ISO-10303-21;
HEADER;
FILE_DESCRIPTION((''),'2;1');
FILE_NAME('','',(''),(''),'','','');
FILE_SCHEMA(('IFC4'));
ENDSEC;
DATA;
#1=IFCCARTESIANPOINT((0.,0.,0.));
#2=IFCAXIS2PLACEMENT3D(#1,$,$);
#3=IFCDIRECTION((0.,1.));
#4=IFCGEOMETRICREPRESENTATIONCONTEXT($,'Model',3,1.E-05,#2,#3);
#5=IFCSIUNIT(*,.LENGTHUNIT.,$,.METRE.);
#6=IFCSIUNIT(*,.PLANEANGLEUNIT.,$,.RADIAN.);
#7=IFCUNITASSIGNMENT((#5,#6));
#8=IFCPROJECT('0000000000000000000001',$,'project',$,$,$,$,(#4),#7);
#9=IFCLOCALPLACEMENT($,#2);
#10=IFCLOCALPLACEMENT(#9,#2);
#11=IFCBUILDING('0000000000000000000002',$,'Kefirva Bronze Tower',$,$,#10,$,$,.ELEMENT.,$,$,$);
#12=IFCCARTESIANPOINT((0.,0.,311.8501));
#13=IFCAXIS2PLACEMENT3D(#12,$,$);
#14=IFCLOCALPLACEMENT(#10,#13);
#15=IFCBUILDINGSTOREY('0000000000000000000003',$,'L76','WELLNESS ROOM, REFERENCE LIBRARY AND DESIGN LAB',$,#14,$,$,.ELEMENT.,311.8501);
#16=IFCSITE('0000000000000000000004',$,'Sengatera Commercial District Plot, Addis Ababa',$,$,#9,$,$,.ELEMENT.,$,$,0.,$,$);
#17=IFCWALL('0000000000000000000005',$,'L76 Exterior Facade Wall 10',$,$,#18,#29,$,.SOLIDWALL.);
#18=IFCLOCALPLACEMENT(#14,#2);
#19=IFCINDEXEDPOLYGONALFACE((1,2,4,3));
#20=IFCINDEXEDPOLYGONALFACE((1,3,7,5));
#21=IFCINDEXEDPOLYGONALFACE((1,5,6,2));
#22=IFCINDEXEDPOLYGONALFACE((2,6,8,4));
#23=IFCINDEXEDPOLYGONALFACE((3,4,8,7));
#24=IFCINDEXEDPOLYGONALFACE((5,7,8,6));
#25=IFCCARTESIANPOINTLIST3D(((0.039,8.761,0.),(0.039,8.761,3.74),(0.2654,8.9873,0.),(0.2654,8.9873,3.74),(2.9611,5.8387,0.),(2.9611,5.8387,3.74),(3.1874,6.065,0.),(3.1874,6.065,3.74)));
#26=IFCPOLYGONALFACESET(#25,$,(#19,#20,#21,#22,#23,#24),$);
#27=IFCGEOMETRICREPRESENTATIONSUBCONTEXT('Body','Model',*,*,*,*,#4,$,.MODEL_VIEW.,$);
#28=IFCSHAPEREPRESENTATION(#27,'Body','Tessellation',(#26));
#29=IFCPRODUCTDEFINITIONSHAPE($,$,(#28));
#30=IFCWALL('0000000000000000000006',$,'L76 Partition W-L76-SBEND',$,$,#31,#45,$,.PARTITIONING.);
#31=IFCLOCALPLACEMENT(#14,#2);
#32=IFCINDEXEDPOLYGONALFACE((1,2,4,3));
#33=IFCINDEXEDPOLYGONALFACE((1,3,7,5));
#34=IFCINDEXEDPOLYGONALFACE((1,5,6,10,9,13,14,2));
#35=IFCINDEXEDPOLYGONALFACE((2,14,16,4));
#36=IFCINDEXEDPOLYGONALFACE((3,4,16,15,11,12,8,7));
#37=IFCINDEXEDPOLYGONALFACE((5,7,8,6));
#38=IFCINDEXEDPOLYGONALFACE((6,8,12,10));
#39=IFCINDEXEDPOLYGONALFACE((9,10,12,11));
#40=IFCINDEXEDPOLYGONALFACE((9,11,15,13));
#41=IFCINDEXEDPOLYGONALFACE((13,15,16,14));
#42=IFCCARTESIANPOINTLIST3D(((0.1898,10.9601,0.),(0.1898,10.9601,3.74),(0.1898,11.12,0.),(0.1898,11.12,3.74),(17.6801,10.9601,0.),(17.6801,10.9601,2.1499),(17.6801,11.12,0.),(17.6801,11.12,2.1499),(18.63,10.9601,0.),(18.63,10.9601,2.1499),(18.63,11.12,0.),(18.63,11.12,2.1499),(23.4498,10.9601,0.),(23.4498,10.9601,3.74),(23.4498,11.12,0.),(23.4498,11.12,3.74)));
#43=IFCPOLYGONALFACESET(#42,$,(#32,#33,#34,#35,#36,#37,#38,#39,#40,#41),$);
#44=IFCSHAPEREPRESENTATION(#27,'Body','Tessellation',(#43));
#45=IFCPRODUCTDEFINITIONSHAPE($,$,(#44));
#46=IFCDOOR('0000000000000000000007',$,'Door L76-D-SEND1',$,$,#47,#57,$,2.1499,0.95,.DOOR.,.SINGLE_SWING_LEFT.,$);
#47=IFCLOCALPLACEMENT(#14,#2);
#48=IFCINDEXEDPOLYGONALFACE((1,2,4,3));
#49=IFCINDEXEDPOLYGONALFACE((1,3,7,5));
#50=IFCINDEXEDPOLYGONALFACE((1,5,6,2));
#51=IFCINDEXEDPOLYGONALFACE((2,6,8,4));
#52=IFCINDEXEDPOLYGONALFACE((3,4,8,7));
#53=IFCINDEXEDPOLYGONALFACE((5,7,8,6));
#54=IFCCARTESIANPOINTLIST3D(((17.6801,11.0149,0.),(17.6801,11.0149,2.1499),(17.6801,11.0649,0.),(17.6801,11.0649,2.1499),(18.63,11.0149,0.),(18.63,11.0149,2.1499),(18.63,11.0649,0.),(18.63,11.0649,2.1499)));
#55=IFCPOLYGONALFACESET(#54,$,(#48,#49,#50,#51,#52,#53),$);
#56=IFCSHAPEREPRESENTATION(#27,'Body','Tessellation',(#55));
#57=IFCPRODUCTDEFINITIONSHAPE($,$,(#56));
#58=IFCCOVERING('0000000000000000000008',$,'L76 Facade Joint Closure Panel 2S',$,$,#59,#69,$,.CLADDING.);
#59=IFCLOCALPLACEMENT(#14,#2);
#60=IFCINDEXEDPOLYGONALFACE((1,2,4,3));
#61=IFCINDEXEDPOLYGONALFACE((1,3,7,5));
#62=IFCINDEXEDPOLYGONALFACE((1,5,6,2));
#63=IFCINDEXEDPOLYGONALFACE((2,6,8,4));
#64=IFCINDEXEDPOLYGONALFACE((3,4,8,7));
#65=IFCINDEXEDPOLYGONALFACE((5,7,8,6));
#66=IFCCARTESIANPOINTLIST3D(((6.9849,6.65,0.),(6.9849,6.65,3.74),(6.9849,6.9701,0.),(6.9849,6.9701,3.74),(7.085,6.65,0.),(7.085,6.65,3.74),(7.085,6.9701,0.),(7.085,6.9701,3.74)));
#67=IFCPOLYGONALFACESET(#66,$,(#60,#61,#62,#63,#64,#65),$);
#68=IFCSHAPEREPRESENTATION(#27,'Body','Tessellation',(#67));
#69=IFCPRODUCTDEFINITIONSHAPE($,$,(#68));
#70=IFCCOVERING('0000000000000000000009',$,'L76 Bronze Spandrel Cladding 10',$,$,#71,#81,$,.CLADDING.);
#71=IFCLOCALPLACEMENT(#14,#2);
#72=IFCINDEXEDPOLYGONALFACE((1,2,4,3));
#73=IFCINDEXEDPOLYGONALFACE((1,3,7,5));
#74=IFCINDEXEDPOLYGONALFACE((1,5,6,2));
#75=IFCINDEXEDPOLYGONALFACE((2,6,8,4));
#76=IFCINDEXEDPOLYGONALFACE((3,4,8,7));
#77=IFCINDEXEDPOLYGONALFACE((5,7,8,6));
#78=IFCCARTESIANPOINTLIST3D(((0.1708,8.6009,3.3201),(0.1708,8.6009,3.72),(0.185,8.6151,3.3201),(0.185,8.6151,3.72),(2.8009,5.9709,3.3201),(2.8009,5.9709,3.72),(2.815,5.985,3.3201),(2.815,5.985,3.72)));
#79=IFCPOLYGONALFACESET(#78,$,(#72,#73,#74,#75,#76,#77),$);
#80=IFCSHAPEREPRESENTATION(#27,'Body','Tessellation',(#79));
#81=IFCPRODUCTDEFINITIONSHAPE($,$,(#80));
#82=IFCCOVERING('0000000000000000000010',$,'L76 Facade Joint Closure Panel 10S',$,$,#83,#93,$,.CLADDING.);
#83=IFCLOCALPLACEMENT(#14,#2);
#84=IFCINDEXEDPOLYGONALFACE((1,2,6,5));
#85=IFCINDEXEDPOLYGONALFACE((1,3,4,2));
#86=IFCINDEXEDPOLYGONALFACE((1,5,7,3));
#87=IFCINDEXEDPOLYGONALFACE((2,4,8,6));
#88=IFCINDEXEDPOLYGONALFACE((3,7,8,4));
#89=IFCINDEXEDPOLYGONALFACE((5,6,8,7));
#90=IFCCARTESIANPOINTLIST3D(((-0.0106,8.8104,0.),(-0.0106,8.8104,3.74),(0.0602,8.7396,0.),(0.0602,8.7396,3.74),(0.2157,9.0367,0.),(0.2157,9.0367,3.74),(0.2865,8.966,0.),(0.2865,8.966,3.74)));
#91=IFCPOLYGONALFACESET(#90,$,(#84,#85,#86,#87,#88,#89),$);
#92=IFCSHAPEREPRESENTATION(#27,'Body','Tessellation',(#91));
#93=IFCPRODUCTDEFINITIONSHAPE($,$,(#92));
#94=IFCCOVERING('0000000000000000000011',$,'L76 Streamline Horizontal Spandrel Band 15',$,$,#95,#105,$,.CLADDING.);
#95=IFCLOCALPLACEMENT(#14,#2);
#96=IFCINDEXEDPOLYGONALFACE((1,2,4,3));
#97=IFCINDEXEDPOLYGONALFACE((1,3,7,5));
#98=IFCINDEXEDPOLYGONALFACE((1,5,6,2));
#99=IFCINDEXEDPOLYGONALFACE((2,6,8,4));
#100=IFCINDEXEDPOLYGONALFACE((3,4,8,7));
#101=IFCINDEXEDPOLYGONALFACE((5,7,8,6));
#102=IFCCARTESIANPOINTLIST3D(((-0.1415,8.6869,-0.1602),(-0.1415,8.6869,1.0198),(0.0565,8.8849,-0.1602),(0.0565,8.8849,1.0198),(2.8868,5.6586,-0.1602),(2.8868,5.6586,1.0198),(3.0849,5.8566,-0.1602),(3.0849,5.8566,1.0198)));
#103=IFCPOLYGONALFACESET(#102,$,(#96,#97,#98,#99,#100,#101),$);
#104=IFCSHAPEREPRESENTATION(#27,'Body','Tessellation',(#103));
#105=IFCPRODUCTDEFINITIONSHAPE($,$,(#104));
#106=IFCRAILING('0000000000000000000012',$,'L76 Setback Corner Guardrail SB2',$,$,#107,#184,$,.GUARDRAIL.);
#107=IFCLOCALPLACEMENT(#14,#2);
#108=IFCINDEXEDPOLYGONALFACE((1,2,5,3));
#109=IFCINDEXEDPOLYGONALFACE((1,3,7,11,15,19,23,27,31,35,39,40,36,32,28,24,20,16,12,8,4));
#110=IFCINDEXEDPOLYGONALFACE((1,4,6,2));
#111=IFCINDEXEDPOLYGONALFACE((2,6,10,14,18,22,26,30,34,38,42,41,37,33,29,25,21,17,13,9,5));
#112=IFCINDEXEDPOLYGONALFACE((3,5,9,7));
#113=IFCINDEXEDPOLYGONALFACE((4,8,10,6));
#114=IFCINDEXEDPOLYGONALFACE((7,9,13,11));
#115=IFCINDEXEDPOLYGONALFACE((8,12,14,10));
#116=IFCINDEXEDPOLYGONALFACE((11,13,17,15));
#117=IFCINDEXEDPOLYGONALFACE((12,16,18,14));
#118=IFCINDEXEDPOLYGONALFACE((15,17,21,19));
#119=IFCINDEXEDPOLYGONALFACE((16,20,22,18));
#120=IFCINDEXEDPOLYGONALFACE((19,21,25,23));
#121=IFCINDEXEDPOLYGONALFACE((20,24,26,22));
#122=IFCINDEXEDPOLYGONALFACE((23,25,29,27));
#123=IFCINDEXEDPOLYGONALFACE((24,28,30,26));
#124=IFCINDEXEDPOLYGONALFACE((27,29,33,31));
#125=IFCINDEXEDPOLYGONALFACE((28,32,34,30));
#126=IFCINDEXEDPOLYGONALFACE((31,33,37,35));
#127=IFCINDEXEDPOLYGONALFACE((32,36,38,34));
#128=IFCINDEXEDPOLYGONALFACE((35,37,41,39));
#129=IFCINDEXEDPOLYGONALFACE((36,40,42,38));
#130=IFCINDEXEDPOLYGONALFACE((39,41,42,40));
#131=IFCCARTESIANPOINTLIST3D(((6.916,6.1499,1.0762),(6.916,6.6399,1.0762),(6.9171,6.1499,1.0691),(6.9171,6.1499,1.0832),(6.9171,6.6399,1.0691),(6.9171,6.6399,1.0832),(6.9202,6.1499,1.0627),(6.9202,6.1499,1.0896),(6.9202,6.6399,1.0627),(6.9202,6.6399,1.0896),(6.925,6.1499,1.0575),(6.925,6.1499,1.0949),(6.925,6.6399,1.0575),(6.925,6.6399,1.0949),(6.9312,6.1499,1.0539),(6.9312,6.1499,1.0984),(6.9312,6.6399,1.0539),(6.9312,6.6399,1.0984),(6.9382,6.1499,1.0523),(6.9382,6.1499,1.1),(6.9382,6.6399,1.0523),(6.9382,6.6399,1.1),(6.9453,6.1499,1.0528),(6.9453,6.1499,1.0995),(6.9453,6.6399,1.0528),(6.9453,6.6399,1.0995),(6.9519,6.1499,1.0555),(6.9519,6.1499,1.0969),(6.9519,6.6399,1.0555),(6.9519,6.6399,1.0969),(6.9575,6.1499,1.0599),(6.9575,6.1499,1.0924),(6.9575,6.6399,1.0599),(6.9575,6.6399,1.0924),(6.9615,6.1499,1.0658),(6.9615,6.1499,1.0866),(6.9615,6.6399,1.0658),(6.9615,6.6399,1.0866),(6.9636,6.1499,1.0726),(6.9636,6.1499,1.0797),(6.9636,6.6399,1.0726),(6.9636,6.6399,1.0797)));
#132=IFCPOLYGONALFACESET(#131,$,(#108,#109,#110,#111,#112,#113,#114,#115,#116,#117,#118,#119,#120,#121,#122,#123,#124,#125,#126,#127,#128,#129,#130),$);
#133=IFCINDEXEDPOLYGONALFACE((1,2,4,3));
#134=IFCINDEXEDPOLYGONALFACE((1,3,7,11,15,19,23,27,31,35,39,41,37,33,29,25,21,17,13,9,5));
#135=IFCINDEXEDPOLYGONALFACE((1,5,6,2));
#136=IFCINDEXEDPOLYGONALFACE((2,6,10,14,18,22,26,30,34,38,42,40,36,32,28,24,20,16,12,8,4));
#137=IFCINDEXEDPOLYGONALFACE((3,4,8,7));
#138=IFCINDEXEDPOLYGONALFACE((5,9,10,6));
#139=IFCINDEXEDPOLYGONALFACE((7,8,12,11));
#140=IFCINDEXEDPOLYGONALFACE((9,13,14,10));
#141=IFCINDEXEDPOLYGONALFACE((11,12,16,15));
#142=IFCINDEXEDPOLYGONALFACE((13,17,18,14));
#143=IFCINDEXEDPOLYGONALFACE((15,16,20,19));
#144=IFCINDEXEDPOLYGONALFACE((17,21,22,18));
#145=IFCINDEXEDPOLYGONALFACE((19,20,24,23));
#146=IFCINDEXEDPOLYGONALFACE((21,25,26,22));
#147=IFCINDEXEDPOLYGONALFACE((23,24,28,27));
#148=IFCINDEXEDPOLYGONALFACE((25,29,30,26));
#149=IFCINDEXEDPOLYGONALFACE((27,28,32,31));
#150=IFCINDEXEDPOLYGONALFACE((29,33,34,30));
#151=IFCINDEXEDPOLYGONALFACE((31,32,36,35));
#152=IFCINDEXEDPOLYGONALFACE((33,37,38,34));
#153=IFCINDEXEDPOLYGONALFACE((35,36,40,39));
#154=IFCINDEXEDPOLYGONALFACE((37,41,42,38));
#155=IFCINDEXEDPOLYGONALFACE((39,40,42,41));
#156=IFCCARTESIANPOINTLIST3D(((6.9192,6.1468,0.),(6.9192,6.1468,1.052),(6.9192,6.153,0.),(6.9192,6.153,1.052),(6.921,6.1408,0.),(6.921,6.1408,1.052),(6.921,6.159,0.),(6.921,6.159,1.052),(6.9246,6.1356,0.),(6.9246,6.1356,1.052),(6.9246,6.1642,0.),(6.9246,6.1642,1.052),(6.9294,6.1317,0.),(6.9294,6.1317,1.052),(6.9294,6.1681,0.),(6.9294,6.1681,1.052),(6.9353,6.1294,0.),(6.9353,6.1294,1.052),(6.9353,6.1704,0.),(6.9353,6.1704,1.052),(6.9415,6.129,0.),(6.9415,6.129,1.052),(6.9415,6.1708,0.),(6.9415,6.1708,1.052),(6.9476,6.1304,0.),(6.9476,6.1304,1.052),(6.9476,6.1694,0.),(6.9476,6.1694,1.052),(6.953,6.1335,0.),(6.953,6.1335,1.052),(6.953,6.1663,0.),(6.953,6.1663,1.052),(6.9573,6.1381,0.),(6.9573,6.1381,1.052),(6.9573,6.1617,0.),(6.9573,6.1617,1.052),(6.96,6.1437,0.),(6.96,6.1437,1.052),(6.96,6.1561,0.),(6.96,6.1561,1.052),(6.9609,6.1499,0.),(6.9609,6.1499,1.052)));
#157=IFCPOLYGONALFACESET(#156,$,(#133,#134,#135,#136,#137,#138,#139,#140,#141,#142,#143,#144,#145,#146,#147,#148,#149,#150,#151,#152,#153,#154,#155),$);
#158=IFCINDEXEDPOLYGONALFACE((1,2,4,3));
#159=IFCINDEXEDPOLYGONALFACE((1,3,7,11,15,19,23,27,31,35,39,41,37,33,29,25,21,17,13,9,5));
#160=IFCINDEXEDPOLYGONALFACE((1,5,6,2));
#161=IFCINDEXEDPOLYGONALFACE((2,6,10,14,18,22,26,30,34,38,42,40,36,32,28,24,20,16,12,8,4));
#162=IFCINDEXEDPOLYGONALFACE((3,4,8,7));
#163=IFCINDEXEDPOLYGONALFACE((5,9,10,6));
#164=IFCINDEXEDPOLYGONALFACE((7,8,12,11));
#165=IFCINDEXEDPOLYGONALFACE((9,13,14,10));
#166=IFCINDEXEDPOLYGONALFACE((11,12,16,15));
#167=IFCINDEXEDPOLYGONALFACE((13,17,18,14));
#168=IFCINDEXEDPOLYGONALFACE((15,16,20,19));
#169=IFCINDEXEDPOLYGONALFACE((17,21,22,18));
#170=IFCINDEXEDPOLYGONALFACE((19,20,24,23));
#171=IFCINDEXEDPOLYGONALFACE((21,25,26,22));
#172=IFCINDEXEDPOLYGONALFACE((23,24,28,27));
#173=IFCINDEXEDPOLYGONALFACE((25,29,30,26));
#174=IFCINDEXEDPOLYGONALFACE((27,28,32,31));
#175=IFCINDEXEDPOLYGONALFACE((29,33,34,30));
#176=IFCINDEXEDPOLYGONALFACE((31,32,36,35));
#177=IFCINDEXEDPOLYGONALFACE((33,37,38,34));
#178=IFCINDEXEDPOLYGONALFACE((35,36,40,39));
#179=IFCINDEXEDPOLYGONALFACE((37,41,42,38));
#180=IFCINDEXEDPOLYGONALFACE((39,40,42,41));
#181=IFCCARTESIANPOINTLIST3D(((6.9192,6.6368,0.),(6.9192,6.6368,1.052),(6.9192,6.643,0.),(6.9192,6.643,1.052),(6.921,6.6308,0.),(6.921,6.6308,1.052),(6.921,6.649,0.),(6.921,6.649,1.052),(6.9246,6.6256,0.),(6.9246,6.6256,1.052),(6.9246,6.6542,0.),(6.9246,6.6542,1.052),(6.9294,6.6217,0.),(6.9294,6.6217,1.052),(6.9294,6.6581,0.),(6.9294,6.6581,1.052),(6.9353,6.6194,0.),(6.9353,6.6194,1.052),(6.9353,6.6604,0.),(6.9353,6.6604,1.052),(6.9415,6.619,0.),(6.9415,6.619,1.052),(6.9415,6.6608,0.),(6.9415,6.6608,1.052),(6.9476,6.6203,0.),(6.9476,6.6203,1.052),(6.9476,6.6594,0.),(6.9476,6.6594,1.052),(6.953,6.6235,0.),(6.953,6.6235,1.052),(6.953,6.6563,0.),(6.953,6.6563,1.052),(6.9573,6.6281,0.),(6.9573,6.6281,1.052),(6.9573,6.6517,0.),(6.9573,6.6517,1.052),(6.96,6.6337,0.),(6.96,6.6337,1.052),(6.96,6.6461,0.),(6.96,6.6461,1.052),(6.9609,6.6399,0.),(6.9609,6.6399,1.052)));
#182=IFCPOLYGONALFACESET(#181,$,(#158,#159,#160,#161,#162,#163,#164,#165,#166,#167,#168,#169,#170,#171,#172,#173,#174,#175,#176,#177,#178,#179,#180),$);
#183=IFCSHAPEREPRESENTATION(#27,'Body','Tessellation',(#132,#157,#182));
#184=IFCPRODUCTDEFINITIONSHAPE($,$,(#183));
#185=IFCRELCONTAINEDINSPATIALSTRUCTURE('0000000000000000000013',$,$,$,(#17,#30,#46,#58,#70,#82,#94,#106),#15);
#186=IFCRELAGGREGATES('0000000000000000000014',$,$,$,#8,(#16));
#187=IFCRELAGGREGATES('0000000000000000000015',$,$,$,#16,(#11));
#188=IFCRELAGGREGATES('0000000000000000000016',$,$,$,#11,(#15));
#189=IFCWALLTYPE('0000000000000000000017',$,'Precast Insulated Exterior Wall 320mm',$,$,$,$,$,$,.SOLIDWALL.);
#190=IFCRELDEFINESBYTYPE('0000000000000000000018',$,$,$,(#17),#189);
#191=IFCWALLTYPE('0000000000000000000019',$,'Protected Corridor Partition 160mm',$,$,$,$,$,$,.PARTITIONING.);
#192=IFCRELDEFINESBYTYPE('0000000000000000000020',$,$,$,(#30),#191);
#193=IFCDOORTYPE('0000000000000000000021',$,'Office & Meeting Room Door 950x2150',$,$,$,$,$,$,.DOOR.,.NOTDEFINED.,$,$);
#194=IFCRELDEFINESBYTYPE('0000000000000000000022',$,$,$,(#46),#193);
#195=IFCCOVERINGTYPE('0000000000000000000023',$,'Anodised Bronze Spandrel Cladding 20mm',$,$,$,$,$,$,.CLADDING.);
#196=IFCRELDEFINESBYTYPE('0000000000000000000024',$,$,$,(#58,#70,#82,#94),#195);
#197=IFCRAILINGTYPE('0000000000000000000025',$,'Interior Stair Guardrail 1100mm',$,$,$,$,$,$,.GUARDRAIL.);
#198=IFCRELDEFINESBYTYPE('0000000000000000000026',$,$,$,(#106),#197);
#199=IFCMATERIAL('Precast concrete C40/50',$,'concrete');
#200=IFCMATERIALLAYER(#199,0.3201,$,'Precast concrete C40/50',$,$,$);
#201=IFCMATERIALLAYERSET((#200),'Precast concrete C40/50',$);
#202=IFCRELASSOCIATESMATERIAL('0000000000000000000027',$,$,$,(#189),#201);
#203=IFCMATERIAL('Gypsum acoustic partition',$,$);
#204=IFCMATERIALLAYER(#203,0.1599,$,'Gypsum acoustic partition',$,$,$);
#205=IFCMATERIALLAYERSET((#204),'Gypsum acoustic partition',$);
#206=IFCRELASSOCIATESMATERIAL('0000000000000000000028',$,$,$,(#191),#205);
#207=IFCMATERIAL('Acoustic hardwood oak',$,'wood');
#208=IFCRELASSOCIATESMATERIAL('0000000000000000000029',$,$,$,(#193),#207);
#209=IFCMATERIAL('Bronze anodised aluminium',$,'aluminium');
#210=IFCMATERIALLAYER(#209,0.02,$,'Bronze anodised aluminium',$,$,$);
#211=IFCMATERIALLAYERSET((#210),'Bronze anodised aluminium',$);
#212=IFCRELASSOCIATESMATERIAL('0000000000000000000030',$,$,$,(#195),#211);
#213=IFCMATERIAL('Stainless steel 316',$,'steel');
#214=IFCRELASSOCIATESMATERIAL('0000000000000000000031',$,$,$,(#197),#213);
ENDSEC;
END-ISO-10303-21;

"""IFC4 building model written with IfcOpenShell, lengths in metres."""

from ifc_helpers import new_model, si_unit, direction, frame, frame_2d, origin, origin_2d, place, context, subcontext, project, spatial, rectangle, circle, extrude, material, layer, layer_set, type_object, element, fill, save


model = new_model("IFC4")

# Units and contexts
model_context = context("Model", 3, precision=1e-05, world=origin(), true_north=direction((0.0, 1.0)))
body_context = subcontext(model_context, "Body", "Model", "MODEL_VIEW")
ifc_project = project(units=[si_unit("LENGTHUNIT", "METRE"), si_unit("PLANEANGLEUNIT", "RADIAN")], contexts=[model_context])

# Site, building, storey
site_placement = place(None, origin())
site = spatial("IfcSite", under=ifc_project, at=site_placement, Name="Sengatera Commercial District Plot, Addis Ababa", CompositionType="ELEMENT", RefElevation=0.0)
building_placement = place(site_placement, origin())
building = spatial("IfcBuilding", under=site, at=building_placement, Name="Kefirva Bronze Tower", CompositionType="ELEMENT")
storey_placement = place(building_placement, frame((0.0, 0.0, 311.8501)))
storey = spatial("IfcBuildingStorey", under=building, at=storey_placement, Name="L76", Description="WELLNESS ROOM, REFERENCE LIBRARY AND DESIGN LAB", CompositionType="ELEMENT", Elevation=311.8501)

# Shared definitions
ifc_material_1 = material(Name="Bronze anodised aluminium", Category="aluminium")

# Shared definitions
ifc_material_2 = material(Name="Precast concrete C40/50", Category="concrete")
ifc_layer_1 = layer(ifc_material_2, 0.3201, Name="Precast concrete C40/50")
ifc_layer_set_1 = layer_set([ifc_layer_1], Name="Precast concrete C40/50")
wall_type_1 = type_object("IfcWallType", Name="Precast Insulated Exterior Wall 320mm", PredefinedType="SOLIDWALL", material=ifc_layer_set_1)

# Wall
wall_1_placement = place(storey_placement, frame((0.1521, 8.8743, 0.0), z_axis=(0.0, 0.0, 1.0), x_axis=(0.707077, -0.707136, 0.0)))
element("IfcWall", 1, at=wall_1_placement, inside=storey, type_object=wall_type_1, Name="L76 Exterior Facade Wall 10", PredefinedType="SOLIDWALL", context=body_context, shape_type="SweptSolid", body=[
    extrude(rectangle(XDim=4.1326, YDim=0.3201, at=frame_2d((2.0664, 0.0))), origin(), (0.0, 0.0, 1.0), 3.74),
])

# Wall, opening, door
ifc_material_3 = material(Name="Gypsum acoustic partition")
ifc_layer_2 = layer(ifc_material_3, 0.1599, Name="Gypsum acoustic partition")
ifc_layer_set_2 = layer_set([ifc_layer_2], Name="Gypsum acoustic partition")
wall_type_2 = type_object("IfcWallType", Name="Protected Corridor Partition 160mm", PredefinedType="PARTITIONING", material=ifc_layer_set_2)
wall_2_placement = place(storey_placement, frame((0.1899, 11.04, 0.0), z_axis=(0.0, 0.0, 1.0), x_axis=(1.0, 0.0, 0.0)))
wall_2 = element("IfcWall", 2, at=wall_2_placement, inside=storey, type_object=wall_type_2, Name="L76 Partition W-L76-SBEND", PredefinedType="PARTITIONING", context=body_context, shape_type="SweptSolid", body=[
    extrude(rectangle(XDim=23.26, YDim=0.1599, at=frame_2d((11.6299, 0.0))), origin(), (0.0, 0.0, 1.0), 3.74),
])
opening_1_placement = place(wall_2_placement, frame((17.49, 0.0, 0.0)))
opening_1 = element("IfcOpeningElement", 3, at=opening_1_placement, cuts=wall_2, PredefinedType="OPENING", context=body_context, shape_type="SweptSolid", body=[
    extrude(rectangle(XDim=0.95, YDim=2.1499, at=frame_2d((0.4751, 1.075))), frame((0.0, 0.0898, 0.0), z_axis=(0.0, -1.0, 0.0), x_axis=(1.0, 0.0, 0.0)), (0.0, 0.0, 1.0), 0.1799),
])
ifc_material_4 = material(Name="Acoustic hardwood oak", Category="wood")
door_type = type_object("IfcDoorType", Name="Office & Meeting Room Door 950x2150", OperationType="NOTDEFINED", PredefinedType="DOOR", material=ifc_material_4)
door_placement = place(opening_1_placement, origin())
door = element("IfcDoor", 4, at=door_placement, inside=storey, type_object=door_type, Name="Door L76-D-SEND1", OperationType="SINGLE_SWING_LEFT", OverallHeight=2.1499, OverallWidth=0.95, PredefinedType="DOOR", context=body_context, shape_type="SweptSolid", body=[
    extrude(rectangle(XDim=0.95, YDim=2.1499, at=frame_2d((0.4751, 1.075))), frame((0.0, 0.0249, 0.0), z_axis=(0.0, -1.0, 0.0), x_axis=(1.0, 0.0, 0.0)), (0.0, 0.0, 1.0), 0.05),
])
fill(opening_1, door)

# Coverings
ifc_layer_3 = layer(ifc_material_1, 0.02, Name="Bronze anodised aluminium")
ifc_layer_set_3 = layer_set([ifc_layer_3], Name="Bronze anodised aluminium")
covering_type_1 = type_object("IfcCoveringType", Name="Anodised Bronze Spandrel Cladding 20mm", PredefinedType="CLADDING", material=ifc_layer_set_3)
covering_1_placement = place(storey_placement, frame((7.0349, 6.8101, 0.0), z_axis=(0.0, 0.0, 1.0), x_axis=(1.0, 0.0, 0.0)))
element("IfcCovering", 5, at=covering_1_placement, inside=storey, type_object=covering_type_1, Name="L76 Facade Joint Closure Panel 2S", PredefinedType="CLADDING", context=body_context, shape_type="SweptSolid", body=[
    extrude(rectangle(XDim=0.1001, YDim=0.3201, at=origin_2d()), origin(), (0.0, 0.0, 1.0), 3.74),
])
covering_2_placement = place(storey_placement, frame((1.4929, 7.293, 3.3201), z_axis=(0.0, 0.0, 1.0), x_axis=(0.707107, -0.707107, 0.0)))
element("IfcCovering", 6, at=covering_2_placement, inside=storey, type_object=covering_type_1, Name="L76 Bronze Spandrel Cladding 10", PredefinedType="CLADDING", context=body_context, shape_type="SweptSolid", body=[
    extrude(rectangle(XDim=3.7195, YDim=0.02, at=origin_2d()), origin(), (0.0, 0.0, 1.0), 0.3999),
])
covering_3_placement = place(storey_placement, frame((0.1379, 8.8882, 0.0), z_axis=(0.0, 0.0, 1.0), x_axis=(0.707107, -0.707107, 0.0)))
element("IfcCovering", 7, at=covering_3_placement, inside=storey, type_object=covering_type_1, Name="L76 Facade Joint Closure Panel 10S", PredefinedType="CLADDING", context=body_context, shape_type="SweptSolid", body=[
    extrude(rectangle(XDim=0.1001, YDim=0.3201, at=origin_2d()), origin(), (0.0, 0.0, 1.0), 3.74),
])
covering_4_placement = place(storey_placement, frame((1.4717, 7.2717, -0.1602), z_axis=(0.0, 0.0, 1.0), x_axis=(0.707107, -0.707107, 0.0)))
element("IfcCovering", 8, at=covering_4_placement, inside=storey, type_object=covering_type_1, Name="L76 Streamline Horizontal Spandrel Band 15", PredefinedType="CLADDING", context=body_context, shape_type="SweptSolid", body=[
    extrude(rectangle(XDim=4.2827, YDim=0.28, at=origin_2d()), origin(), (0.0, 0.0, 1.0), 1.1799),
])

# Railing
ifc_material_5 = material(Name="Stainless steel 316", Category="steel")
railing_type = type_object("IfcRailingType", Name="Interior Stair Guardrail 1100mm", PredefinedType="GUARDRAIL", material=ifc_material_5)
railing_placement = place(storey_placement, frame((6.9399, 6.1499, 0.0)))
element("IfcRailing", 9, at=railing_placement, inside=storey, type_object=railing_type, Name="L76 Setback Corner Guardrail SB2", PredefinedType="GUARDRAIL", context=body_context, shape_type="SweptSolid", body=[
    extrude(circle(Radius=0.0239, at=origin_2d()), frame((0.0, 0.0, 1.0762), z_axis=(0.0, 1.0, 0.0), x_axis=(-1.0, 0.0, 0.0)), (0.0, 0.0, 1.0), 0.49),
    extrude(circle(Radius=0.021, at=origin_2d()), origin(), (0.0, 0.0, 1.0), 1.052),
    extrude(circle(Radius=0.021, at=origin_2d()), frame((0.0, 0.49, 0.0)), (0.0, 0.0, 1.0), 1.052),
])

save(model, "model.ifc")
